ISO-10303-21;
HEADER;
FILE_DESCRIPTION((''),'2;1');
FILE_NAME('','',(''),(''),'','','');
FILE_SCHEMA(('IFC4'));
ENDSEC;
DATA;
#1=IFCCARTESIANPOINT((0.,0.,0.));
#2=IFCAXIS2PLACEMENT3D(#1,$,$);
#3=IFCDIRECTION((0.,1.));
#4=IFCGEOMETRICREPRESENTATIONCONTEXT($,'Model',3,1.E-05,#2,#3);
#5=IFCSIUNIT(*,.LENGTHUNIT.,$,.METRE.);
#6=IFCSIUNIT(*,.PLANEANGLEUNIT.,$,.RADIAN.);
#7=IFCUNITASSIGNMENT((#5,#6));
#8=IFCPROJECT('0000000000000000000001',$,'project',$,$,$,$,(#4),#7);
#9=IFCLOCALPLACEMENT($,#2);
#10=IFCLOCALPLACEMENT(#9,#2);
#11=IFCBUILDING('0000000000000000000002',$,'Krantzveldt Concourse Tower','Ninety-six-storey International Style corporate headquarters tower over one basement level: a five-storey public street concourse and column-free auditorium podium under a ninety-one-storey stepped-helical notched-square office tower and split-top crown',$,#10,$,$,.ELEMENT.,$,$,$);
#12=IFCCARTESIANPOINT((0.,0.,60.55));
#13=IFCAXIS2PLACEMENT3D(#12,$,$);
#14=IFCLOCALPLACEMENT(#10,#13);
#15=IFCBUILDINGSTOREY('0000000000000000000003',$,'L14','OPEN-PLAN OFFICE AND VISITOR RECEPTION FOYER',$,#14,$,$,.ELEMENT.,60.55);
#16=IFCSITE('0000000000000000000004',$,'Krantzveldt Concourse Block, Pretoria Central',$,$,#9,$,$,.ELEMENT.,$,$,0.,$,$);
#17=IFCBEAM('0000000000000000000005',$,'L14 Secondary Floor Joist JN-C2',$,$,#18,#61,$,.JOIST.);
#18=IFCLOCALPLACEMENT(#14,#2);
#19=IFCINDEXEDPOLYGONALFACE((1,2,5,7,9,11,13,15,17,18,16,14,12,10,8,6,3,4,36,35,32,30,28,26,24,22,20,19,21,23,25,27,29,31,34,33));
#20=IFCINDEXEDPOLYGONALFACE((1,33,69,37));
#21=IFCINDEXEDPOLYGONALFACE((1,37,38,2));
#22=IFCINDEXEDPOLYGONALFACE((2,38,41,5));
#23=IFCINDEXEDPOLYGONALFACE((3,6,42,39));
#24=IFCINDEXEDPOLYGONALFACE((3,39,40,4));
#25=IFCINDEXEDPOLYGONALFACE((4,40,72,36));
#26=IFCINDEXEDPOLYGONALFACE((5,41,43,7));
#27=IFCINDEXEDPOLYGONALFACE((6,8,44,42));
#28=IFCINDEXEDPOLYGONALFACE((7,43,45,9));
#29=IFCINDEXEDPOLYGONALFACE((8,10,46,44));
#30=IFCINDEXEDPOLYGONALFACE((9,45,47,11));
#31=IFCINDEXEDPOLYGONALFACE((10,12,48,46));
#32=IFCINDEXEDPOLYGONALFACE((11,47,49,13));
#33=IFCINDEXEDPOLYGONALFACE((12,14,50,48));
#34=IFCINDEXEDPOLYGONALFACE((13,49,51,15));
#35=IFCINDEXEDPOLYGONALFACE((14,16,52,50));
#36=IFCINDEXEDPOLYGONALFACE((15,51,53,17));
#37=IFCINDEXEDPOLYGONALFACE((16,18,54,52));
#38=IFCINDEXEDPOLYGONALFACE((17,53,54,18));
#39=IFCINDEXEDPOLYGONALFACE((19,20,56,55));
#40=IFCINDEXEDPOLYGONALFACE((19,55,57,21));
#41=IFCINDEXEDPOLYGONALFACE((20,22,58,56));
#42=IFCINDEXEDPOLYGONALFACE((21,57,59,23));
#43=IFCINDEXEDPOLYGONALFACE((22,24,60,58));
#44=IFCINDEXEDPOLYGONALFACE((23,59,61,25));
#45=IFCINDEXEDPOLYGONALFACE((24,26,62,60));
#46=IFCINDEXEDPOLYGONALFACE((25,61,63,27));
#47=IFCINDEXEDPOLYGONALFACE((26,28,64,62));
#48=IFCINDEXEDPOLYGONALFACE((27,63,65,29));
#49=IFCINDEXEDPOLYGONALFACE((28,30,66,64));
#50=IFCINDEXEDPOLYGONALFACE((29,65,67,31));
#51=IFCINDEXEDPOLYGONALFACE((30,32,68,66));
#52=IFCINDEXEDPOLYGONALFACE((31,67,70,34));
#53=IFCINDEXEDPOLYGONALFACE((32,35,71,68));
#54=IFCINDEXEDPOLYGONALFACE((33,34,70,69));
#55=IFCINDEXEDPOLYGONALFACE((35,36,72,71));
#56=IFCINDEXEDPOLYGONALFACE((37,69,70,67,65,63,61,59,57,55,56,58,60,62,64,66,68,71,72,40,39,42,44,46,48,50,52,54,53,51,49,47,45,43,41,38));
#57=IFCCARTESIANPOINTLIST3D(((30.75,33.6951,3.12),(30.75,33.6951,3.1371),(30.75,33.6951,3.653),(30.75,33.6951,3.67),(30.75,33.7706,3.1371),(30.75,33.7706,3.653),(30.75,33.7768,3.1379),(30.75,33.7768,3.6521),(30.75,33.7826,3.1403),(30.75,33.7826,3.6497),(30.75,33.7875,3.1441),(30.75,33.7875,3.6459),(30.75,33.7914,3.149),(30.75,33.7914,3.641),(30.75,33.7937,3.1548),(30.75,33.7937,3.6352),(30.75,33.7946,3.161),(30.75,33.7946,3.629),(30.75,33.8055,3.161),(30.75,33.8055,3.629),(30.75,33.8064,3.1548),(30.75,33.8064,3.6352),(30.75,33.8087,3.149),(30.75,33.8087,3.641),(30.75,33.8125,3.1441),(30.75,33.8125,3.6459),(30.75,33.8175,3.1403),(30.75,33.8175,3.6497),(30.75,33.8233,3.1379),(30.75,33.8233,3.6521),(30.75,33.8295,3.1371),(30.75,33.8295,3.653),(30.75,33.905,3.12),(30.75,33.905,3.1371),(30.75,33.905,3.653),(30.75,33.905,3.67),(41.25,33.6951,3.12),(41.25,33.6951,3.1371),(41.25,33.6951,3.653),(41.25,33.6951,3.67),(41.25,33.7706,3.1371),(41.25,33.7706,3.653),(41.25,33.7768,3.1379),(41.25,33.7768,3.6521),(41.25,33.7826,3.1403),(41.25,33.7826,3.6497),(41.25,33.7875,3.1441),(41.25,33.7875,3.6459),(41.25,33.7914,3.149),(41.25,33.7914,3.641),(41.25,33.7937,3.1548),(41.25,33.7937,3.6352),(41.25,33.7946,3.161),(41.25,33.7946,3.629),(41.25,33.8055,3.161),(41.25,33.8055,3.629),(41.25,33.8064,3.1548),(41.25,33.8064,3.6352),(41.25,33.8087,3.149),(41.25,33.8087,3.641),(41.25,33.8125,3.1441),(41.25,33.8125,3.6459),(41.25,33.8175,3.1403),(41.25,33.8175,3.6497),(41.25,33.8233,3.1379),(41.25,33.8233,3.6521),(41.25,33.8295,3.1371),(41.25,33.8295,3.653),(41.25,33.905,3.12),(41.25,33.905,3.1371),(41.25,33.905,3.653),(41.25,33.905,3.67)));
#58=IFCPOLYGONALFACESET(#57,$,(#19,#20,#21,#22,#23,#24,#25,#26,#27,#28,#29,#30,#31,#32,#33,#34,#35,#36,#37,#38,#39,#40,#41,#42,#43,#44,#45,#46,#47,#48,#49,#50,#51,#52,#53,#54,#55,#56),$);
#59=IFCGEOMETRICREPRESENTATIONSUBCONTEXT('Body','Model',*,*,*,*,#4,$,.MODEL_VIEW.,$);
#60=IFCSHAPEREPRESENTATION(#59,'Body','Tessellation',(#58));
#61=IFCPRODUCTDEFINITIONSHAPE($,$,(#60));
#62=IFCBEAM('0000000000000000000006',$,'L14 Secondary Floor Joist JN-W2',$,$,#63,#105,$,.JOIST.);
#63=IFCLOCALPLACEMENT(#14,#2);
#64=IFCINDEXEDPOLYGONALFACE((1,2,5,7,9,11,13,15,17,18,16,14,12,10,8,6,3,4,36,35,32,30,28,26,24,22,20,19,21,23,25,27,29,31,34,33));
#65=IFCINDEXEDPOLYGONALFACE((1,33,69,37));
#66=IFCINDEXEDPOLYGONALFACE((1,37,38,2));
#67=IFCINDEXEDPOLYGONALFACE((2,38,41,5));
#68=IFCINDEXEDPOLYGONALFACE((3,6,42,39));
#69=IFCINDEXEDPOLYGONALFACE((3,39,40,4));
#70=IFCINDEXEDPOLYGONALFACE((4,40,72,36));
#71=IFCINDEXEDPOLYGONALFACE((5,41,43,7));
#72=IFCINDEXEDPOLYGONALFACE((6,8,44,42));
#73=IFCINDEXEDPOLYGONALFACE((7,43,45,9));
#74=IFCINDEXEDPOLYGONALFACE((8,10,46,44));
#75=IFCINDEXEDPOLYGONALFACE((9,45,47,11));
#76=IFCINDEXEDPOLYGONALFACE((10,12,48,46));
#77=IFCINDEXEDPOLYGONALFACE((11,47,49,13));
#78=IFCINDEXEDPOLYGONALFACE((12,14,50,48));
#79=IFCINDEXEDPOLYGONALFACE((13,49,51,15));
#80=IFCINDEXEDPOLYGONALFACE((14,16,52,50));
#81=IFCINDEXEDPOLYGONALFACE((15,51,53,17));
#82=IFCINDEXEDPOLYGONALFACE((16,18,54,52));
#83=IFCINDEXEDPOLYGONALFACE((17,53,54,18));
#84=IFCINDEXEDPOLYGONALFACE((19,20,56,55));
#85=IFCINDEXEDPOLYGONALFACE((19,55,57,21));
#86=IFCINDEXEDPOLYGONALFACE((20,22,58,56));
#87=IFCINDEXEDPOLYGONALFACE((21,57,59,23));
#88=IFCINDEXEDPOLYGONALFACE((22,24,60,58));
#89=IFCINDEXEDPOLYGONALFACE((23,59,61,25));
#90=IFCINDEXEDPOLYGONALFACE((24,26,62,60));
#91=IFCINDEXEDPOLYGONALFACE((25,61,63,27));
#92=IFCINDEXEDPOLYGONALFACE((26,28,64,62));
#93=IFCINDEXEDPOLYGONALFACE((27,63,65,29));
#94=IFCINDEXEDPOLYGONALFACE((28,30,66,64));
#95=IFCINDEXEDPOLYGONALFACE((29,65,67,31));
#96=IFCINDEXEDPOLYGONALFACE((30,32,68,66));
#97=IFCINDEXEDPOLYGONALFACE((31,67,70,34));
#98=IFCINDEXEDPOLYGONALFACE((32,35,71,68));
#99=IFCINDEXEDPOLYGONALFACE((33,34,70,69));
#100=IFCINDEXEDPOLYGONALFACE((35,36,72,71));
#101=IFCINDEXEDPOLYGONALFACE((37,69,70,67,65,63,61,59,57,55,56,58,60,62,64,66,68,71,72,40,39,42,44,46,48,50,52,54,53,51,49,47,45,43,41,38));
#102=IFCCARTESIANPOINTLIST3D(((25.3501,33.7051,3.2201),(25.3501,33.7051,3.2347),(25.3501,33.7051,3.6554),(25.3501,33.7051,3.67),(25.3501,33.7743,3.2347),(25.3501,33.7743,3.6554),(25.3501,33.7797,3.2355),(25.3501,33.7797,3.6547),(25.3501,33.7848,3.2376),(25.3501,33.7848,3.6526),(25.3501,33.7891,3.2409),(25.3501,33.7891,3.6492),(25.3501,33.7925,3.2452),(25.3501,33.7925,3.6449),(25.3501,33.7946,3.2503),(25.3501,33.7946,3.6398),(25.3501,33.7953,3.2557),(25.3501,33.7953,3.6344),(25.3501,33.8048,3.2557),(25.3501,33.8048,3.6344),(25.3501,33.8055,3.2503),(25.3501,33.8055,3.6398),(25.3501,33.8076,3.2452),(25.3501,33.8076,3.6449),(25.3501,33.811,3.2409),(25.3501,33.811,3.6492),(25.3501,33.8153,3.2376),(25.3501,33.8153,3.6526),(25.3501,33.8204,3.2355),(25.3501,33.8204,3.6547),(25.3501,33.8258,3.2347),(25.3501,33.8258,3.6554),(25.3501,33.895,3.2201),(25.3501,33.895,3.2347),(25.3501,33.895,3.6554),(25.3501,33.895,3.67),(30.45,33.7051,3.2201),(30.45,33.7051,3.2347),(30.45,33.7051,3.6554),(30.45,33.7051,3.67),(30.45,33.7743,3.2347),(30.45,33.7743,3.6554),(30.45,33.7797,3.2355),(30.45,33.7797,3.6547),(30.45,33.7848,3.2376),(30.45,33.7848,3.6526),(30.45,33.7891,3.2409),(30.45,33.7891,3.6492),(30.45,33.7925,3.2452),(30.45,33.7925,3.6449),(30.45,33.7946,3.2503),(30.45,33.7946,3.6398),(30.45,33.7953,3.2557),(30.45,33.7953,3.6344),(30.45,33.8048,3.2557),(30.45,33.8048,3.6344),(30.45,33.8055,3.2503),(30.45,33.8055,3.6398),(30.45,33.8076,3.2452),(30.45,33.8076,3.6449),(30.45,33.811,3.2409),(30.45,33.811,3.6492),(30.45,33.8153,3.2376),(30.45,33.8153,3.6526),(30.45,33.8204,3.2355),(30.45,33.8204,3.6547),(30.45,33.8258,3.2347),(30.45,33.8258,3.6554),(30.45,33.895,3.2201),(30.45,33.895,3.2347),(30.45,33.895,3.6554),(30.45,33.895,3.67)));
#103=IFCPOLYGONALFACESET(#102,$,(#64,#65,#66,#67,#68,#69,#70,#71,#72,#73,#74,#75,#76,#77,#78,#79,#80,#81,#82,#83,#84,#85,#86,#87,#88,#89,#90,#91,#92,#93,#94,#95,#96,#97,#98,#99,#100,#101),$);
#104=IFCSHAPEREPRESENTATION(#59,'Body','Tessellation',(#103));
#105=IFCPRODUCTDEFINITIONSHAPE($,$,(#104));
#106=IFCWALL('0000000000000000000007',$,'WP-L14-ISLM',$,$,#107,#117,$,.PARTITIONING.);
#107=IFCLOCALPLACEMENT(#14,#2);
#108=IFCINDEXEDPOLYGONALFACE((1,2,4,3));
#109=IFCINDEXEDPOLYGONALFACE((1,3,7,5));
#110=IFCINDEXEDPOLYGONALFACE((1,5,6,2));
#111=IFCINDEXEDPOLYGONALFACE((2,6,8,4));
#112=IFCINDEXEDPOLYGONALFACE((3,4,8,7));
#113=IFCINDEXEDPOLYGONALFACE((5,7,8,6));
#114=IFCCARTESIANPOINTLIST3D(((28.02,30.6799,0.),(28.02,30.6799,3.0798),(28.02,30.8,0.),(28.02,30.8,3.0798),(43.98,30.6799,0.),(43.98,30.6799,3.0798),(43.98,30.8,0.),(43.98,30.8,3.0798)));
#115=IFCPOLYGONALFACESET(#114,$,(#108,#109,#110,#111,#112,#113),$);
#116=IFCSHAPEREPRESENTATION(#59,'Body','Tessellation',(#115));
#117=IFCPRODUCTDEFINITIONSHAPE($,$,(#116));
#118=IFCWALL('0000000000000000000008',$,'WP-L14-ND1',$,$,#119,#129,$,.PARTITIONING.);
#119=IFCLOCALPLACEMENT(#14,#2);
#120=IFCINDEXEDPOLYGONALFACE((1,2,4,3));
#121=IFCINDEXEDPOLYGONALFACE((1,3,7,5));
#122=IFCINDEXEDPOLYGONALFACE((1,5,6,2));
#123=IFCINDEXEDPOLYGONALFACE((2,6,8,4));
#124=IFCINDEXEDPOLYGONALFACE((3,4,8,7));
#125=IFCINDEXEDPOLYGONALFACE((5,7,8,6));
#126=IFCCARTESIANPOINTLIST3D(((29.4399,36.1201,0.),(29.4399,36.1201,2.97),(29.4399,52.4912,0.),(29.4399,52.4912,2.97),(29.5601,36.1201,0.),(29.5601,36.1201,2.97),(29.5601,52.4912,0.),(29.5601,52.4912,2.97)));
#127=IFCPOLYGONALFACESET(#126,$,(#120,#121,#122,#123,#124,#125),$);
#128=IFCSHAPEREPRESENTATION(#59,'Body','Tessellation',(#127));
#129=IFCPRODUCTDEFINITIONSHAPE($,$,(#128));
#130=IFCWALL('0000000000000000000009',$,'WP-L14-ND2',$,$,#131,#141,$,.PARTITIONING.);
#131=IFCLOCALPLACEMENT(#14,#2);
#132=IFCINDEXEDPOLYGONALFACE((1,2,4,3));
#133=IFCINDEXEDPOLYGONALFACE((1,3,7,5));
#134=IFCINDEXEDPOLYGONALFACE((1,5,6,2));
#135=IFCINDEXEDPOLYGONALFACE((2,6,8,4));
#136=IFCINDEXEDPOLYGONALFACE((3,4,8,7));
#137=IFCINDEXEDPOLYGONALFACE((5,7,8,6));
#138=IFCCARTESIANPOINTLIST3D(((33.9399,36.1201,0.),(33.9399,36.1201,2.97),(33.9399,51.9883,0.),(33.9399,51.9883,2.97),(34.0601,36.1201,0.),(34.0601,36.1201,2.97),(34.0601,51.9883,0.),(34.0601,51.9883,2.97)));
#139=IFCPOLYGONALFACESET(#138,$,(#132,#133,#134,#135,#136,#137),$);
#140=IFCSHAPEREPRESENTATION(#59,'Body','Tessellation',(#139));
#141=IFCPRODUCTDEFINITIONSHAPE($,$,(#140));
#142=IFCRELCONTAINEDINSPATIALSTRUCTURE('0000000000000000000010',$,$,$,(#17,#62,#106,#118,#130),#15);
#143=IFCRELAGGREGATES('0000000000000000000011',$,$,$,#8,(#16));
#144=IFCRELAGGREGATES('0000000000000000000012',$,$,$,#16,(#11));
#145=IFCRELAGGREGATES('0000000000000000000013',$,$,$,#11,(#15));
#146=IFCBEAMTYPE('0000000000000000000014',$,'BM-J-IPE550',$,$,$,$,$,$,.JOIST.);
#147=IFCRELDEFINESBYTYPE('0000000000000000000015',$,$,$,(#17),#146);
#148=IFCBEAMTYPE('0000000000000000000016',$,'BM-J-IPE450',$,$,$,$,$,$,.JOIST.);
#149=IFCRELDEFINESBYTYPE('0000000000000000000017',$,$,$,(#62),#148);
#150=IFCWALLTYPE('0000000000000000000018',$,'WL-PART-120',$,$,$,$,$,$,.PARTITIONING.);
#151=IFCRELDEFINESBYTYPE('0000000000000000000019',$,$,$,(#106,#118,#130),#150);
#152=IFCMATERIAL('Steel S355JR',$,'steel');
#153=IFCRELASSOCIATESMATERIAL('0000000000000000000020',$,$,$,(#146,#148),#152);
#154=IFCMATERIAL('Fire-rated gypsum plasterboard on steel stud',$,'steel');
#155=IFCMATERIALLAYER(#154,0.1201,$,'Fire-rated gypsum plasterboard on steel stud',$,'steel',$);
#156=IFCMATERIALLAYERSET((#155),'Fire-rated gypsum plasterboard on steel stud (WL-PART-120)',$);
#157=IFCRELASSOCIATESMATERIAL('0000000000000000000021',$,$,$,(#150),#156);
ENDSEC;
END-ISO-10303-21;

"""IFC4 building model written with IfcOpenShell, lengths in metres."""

from ifc_helpers import new_model, si_unit, direction, frame, frame_2d, origin, origin_2d, place, context, subcontext, project, spatial, rectangle, i_section, extrude, source, transform, mapped, material, layer, layer_set, material_profile, profile_set, type_object, type_shapes, element, save


model = new_model("IFC4")

# Units and contexts
model_context = context("Model", 3, precision=1e-05, world=origin(), true_north=direction((0.0, 1.0)))
body_context = subcontext(model_context, "Body", "Model", "MODEL_VIEW")
ifc_project = project(units=[si_unit("LENGTHUNIT", "METRE"), si_unit("PLANEANGLEUNIT", "RADIAN")], contexts=[model_context])

# Site, building, storey
site_placement = place(None, origin())
site = spatial("IfcSite", under=ifc_project, at=site_placement, Name="Krantzveldt Concourse Block, Pretoria Central", CompositionType="ELEMENT", RefElevation=0.0)
building_placement = place(site_placement, origin())
building = spatial("IfcBuilding", under=site, at=building_placement, Name="Krantzveldt Concourse Tower", Description="Ninety-six-storey International Style corporate headquarters tower over one basement level: a five-storey public street concourse and column-free auditorium podium under a ninety-one-storey stepped-helical notched-square office tower and split-top crown", CompositionType="ELEMENT")
storey_placement = place(building_placement, frame((0.0, 0.0, 60.55)))
storey = spatial("IfcBuildingStorey", under=building, at=storey_placement, Name="L14", Description="OPEN-PLAN OFFICE AND VISITOR RECEPTION FOYER", CompositionType="ELEMENT", Elevation=60.55)

# Beams
ifc_material_1 = material(Name="Steel S355JR", Category="steel")
ifc_material_profile_1 = material_profile(ifc_material_1, i_section(OverallWidth=0.21, OverallDepth=0.55, WebThickness=0.011, FlangeThickness=0.0171, FilletRadius=0.0239, at=origin_2d()), Name="Steel S355JR", Category="steel")
ifc_profile_set_1 = profile_set([ifc_material_profile_1], Name="Steel S355JR - IPE 550")
beam_type_1 = type_object("IfcBeamType", Name="BM-J-IPE550", PredefinedType="JOIST", material=ifc_profile_set_1)
shared_shape_1 = source(origin(), body_context, "Body", "SweptSolid", [
    extrude(i_section(OverallWidth=0.21, OverallDepth=0.55, WebThickness=0.011, FlangeThickness=0.0171, FilletRadius=0.0239, at=origin_2d()), origin(), (0.0, 0.0, 1.0), 10.5),
])
type_shapes(beam_type_1, [shared_shape_1])
beam_1_placement = place(storey_placement, frame((30.75, 33.8, 3.395), z_axis=(1.0, 0.0, 0.0), x_axis=(0.0, 1.0, 0.0)))
element("IfcBeam", 1, at=beam_1_placement, inside=storey, type_object=beam_type_1, Name="L14 Secondary Floor Joist JN-C2", PredefinedType="JOIST", context=body_context, shape_type="MappedRepresentation", body=[
    mapped(shared_shape_1, transform((0.0, 0.0, 0.0), x_axis=(1.0, 0.0, 0.0), y_axis=(0.0, 1.0, 0.0), z_axis=(0.0, 0.0, 1.0), scale=1.0)),
])
ifc_material_profile_2 = material_profile(ifc_material_1, i_section(OverallWidth=0.1899, OverallDepth=0.45, WebThickness=0.0095, FlangeThickness=0.0146, FilletRadius=0.021, at=origin_2d()), Name="Steel S355JR", Category="steel")
ifc_profile_set_2 = profile_set([ifc_material_profile_2], Name="Steel S355JR - IPE 450")
beam_type_2 = type_object("IfcBeamType", Name="BM-J-IPE450", PredefinedType="JOIST", material=ifc_profile_set_2)
shared_shape_2 = source(origin(), body_context, "Body", "SweptSolid", [
    extrude(i_section(OverallWidth=0.1899, OverallDepth=0.45, WebThickness=0.0095, FlangeThickness=0.0146, FilletRadius=0.021, at=origin_2d()), origin(), (0.0, 0.0, 1.0), 5.0999),
])
type_shapes(beam_type_2, [shared_shape_2])
beam_2_placement = place(storey_placement, frame((25.3501, 33.8, 3.4451), z_axis=(1.0, 0.0, 0.0), x_axis=(0.0, 1.0, 0.0)))
element("IfcBeam", 2, at=beam_2_placement, inside=storey, type_object=beam_type_2, Name="L14 Secondary Floor Joist JN-W2", PredefinedType="JOIST", context=body_context, shape_type="MappedRepresentation", body=[
    mapped(shared_shape_2, transform((0.0, 0.0, 0.0), x_axis=(1.0, 0.0, 0.0), y_axis=(0.0, 1.0, 0.0), z_axis=(0.0, 0.0, 1.0), scale=1.0)),
])

# Walls
ifc_material_2 = material(Name="Fire-rated gypsum plasterboard on steel stud", Category="steel")
ifc_layer_1 = layer(ifc_material_2, 0.1201, Name="Fire-rated gypsum plasterboard on steel stud", Category="steel")
ifc_layer_set_1 = layer_set([ifc_layer_1], Name="Fire-rated gypsum plasterboard on steel stud (WL-PART-120)")
wall_type_1 = type_object("IfcWallType", Name="WL-PART-120", PredefinedType="PARTITIONING", material=ifc_layer_set_1)
wall_1_placement = place(storey_placement, frame((28.02, 30.74, 0.0), z_axis=(0.0, 0.0, 1.0), x_axis=(1.0, 0.0, 0.0)))
element("IfcWall", 3, at=wall_1_placement, inside=storey, type_object=wall_type_1, Name="WP-L14-ISLM", PredefinedType="PARTITIONING", context=body_context, shape_type="SweptSolid", body=[
    extrude(rectangle(XDim=15.96, YDim=0.1201, at=frame_2d((7.98, 0.0))), origin(), (0.0, 0.0, 1.0), 3.0798),
])
wall_2_placement = place(storey_placement, frame((29.5, 36.1201, 0.0), z_axis=(0.0, 0.0, 1.0), x_axis=(0.0, 1.0, 0.0)))
element("IfcWall", 4, at=wall_2_placement, inside=storey, type_object=wall_type_1, Name="WP-L14-ND1", PredefinedType="PARTITIONING", context=body_context, shape_type="SweptSolid", body=[
    extrude(rectangle(XDim=16.3711, YDim=0.1201, at=frame_2d((8.1855, 0.0))), origin(), (0.0, 0.0, 1.0), 2.97),
])
wall_3_placement = place(storey_placement, frame((34.0, 36.1201, 0.0), z_axis=(0.0, 0.0, 1.0), x_axis=(0.0, 1.0, 0.0)))
element("IfcWall", 5, at=wall_3_placement, inside=storey, type_object=wall_type_1, Name="WP-L14-ND2", PredefinedType="PARTITIONING", context=body_context, shape_type="SweptSolid", body=[
    extrude(rectangle(XDim=15.8682, YDim=0.1201, at=frame_2d((7.9341, 0.0))), origin(), (0.0, 0.0, 1.0), 2.97),
])

save(model, "model.ifc")
